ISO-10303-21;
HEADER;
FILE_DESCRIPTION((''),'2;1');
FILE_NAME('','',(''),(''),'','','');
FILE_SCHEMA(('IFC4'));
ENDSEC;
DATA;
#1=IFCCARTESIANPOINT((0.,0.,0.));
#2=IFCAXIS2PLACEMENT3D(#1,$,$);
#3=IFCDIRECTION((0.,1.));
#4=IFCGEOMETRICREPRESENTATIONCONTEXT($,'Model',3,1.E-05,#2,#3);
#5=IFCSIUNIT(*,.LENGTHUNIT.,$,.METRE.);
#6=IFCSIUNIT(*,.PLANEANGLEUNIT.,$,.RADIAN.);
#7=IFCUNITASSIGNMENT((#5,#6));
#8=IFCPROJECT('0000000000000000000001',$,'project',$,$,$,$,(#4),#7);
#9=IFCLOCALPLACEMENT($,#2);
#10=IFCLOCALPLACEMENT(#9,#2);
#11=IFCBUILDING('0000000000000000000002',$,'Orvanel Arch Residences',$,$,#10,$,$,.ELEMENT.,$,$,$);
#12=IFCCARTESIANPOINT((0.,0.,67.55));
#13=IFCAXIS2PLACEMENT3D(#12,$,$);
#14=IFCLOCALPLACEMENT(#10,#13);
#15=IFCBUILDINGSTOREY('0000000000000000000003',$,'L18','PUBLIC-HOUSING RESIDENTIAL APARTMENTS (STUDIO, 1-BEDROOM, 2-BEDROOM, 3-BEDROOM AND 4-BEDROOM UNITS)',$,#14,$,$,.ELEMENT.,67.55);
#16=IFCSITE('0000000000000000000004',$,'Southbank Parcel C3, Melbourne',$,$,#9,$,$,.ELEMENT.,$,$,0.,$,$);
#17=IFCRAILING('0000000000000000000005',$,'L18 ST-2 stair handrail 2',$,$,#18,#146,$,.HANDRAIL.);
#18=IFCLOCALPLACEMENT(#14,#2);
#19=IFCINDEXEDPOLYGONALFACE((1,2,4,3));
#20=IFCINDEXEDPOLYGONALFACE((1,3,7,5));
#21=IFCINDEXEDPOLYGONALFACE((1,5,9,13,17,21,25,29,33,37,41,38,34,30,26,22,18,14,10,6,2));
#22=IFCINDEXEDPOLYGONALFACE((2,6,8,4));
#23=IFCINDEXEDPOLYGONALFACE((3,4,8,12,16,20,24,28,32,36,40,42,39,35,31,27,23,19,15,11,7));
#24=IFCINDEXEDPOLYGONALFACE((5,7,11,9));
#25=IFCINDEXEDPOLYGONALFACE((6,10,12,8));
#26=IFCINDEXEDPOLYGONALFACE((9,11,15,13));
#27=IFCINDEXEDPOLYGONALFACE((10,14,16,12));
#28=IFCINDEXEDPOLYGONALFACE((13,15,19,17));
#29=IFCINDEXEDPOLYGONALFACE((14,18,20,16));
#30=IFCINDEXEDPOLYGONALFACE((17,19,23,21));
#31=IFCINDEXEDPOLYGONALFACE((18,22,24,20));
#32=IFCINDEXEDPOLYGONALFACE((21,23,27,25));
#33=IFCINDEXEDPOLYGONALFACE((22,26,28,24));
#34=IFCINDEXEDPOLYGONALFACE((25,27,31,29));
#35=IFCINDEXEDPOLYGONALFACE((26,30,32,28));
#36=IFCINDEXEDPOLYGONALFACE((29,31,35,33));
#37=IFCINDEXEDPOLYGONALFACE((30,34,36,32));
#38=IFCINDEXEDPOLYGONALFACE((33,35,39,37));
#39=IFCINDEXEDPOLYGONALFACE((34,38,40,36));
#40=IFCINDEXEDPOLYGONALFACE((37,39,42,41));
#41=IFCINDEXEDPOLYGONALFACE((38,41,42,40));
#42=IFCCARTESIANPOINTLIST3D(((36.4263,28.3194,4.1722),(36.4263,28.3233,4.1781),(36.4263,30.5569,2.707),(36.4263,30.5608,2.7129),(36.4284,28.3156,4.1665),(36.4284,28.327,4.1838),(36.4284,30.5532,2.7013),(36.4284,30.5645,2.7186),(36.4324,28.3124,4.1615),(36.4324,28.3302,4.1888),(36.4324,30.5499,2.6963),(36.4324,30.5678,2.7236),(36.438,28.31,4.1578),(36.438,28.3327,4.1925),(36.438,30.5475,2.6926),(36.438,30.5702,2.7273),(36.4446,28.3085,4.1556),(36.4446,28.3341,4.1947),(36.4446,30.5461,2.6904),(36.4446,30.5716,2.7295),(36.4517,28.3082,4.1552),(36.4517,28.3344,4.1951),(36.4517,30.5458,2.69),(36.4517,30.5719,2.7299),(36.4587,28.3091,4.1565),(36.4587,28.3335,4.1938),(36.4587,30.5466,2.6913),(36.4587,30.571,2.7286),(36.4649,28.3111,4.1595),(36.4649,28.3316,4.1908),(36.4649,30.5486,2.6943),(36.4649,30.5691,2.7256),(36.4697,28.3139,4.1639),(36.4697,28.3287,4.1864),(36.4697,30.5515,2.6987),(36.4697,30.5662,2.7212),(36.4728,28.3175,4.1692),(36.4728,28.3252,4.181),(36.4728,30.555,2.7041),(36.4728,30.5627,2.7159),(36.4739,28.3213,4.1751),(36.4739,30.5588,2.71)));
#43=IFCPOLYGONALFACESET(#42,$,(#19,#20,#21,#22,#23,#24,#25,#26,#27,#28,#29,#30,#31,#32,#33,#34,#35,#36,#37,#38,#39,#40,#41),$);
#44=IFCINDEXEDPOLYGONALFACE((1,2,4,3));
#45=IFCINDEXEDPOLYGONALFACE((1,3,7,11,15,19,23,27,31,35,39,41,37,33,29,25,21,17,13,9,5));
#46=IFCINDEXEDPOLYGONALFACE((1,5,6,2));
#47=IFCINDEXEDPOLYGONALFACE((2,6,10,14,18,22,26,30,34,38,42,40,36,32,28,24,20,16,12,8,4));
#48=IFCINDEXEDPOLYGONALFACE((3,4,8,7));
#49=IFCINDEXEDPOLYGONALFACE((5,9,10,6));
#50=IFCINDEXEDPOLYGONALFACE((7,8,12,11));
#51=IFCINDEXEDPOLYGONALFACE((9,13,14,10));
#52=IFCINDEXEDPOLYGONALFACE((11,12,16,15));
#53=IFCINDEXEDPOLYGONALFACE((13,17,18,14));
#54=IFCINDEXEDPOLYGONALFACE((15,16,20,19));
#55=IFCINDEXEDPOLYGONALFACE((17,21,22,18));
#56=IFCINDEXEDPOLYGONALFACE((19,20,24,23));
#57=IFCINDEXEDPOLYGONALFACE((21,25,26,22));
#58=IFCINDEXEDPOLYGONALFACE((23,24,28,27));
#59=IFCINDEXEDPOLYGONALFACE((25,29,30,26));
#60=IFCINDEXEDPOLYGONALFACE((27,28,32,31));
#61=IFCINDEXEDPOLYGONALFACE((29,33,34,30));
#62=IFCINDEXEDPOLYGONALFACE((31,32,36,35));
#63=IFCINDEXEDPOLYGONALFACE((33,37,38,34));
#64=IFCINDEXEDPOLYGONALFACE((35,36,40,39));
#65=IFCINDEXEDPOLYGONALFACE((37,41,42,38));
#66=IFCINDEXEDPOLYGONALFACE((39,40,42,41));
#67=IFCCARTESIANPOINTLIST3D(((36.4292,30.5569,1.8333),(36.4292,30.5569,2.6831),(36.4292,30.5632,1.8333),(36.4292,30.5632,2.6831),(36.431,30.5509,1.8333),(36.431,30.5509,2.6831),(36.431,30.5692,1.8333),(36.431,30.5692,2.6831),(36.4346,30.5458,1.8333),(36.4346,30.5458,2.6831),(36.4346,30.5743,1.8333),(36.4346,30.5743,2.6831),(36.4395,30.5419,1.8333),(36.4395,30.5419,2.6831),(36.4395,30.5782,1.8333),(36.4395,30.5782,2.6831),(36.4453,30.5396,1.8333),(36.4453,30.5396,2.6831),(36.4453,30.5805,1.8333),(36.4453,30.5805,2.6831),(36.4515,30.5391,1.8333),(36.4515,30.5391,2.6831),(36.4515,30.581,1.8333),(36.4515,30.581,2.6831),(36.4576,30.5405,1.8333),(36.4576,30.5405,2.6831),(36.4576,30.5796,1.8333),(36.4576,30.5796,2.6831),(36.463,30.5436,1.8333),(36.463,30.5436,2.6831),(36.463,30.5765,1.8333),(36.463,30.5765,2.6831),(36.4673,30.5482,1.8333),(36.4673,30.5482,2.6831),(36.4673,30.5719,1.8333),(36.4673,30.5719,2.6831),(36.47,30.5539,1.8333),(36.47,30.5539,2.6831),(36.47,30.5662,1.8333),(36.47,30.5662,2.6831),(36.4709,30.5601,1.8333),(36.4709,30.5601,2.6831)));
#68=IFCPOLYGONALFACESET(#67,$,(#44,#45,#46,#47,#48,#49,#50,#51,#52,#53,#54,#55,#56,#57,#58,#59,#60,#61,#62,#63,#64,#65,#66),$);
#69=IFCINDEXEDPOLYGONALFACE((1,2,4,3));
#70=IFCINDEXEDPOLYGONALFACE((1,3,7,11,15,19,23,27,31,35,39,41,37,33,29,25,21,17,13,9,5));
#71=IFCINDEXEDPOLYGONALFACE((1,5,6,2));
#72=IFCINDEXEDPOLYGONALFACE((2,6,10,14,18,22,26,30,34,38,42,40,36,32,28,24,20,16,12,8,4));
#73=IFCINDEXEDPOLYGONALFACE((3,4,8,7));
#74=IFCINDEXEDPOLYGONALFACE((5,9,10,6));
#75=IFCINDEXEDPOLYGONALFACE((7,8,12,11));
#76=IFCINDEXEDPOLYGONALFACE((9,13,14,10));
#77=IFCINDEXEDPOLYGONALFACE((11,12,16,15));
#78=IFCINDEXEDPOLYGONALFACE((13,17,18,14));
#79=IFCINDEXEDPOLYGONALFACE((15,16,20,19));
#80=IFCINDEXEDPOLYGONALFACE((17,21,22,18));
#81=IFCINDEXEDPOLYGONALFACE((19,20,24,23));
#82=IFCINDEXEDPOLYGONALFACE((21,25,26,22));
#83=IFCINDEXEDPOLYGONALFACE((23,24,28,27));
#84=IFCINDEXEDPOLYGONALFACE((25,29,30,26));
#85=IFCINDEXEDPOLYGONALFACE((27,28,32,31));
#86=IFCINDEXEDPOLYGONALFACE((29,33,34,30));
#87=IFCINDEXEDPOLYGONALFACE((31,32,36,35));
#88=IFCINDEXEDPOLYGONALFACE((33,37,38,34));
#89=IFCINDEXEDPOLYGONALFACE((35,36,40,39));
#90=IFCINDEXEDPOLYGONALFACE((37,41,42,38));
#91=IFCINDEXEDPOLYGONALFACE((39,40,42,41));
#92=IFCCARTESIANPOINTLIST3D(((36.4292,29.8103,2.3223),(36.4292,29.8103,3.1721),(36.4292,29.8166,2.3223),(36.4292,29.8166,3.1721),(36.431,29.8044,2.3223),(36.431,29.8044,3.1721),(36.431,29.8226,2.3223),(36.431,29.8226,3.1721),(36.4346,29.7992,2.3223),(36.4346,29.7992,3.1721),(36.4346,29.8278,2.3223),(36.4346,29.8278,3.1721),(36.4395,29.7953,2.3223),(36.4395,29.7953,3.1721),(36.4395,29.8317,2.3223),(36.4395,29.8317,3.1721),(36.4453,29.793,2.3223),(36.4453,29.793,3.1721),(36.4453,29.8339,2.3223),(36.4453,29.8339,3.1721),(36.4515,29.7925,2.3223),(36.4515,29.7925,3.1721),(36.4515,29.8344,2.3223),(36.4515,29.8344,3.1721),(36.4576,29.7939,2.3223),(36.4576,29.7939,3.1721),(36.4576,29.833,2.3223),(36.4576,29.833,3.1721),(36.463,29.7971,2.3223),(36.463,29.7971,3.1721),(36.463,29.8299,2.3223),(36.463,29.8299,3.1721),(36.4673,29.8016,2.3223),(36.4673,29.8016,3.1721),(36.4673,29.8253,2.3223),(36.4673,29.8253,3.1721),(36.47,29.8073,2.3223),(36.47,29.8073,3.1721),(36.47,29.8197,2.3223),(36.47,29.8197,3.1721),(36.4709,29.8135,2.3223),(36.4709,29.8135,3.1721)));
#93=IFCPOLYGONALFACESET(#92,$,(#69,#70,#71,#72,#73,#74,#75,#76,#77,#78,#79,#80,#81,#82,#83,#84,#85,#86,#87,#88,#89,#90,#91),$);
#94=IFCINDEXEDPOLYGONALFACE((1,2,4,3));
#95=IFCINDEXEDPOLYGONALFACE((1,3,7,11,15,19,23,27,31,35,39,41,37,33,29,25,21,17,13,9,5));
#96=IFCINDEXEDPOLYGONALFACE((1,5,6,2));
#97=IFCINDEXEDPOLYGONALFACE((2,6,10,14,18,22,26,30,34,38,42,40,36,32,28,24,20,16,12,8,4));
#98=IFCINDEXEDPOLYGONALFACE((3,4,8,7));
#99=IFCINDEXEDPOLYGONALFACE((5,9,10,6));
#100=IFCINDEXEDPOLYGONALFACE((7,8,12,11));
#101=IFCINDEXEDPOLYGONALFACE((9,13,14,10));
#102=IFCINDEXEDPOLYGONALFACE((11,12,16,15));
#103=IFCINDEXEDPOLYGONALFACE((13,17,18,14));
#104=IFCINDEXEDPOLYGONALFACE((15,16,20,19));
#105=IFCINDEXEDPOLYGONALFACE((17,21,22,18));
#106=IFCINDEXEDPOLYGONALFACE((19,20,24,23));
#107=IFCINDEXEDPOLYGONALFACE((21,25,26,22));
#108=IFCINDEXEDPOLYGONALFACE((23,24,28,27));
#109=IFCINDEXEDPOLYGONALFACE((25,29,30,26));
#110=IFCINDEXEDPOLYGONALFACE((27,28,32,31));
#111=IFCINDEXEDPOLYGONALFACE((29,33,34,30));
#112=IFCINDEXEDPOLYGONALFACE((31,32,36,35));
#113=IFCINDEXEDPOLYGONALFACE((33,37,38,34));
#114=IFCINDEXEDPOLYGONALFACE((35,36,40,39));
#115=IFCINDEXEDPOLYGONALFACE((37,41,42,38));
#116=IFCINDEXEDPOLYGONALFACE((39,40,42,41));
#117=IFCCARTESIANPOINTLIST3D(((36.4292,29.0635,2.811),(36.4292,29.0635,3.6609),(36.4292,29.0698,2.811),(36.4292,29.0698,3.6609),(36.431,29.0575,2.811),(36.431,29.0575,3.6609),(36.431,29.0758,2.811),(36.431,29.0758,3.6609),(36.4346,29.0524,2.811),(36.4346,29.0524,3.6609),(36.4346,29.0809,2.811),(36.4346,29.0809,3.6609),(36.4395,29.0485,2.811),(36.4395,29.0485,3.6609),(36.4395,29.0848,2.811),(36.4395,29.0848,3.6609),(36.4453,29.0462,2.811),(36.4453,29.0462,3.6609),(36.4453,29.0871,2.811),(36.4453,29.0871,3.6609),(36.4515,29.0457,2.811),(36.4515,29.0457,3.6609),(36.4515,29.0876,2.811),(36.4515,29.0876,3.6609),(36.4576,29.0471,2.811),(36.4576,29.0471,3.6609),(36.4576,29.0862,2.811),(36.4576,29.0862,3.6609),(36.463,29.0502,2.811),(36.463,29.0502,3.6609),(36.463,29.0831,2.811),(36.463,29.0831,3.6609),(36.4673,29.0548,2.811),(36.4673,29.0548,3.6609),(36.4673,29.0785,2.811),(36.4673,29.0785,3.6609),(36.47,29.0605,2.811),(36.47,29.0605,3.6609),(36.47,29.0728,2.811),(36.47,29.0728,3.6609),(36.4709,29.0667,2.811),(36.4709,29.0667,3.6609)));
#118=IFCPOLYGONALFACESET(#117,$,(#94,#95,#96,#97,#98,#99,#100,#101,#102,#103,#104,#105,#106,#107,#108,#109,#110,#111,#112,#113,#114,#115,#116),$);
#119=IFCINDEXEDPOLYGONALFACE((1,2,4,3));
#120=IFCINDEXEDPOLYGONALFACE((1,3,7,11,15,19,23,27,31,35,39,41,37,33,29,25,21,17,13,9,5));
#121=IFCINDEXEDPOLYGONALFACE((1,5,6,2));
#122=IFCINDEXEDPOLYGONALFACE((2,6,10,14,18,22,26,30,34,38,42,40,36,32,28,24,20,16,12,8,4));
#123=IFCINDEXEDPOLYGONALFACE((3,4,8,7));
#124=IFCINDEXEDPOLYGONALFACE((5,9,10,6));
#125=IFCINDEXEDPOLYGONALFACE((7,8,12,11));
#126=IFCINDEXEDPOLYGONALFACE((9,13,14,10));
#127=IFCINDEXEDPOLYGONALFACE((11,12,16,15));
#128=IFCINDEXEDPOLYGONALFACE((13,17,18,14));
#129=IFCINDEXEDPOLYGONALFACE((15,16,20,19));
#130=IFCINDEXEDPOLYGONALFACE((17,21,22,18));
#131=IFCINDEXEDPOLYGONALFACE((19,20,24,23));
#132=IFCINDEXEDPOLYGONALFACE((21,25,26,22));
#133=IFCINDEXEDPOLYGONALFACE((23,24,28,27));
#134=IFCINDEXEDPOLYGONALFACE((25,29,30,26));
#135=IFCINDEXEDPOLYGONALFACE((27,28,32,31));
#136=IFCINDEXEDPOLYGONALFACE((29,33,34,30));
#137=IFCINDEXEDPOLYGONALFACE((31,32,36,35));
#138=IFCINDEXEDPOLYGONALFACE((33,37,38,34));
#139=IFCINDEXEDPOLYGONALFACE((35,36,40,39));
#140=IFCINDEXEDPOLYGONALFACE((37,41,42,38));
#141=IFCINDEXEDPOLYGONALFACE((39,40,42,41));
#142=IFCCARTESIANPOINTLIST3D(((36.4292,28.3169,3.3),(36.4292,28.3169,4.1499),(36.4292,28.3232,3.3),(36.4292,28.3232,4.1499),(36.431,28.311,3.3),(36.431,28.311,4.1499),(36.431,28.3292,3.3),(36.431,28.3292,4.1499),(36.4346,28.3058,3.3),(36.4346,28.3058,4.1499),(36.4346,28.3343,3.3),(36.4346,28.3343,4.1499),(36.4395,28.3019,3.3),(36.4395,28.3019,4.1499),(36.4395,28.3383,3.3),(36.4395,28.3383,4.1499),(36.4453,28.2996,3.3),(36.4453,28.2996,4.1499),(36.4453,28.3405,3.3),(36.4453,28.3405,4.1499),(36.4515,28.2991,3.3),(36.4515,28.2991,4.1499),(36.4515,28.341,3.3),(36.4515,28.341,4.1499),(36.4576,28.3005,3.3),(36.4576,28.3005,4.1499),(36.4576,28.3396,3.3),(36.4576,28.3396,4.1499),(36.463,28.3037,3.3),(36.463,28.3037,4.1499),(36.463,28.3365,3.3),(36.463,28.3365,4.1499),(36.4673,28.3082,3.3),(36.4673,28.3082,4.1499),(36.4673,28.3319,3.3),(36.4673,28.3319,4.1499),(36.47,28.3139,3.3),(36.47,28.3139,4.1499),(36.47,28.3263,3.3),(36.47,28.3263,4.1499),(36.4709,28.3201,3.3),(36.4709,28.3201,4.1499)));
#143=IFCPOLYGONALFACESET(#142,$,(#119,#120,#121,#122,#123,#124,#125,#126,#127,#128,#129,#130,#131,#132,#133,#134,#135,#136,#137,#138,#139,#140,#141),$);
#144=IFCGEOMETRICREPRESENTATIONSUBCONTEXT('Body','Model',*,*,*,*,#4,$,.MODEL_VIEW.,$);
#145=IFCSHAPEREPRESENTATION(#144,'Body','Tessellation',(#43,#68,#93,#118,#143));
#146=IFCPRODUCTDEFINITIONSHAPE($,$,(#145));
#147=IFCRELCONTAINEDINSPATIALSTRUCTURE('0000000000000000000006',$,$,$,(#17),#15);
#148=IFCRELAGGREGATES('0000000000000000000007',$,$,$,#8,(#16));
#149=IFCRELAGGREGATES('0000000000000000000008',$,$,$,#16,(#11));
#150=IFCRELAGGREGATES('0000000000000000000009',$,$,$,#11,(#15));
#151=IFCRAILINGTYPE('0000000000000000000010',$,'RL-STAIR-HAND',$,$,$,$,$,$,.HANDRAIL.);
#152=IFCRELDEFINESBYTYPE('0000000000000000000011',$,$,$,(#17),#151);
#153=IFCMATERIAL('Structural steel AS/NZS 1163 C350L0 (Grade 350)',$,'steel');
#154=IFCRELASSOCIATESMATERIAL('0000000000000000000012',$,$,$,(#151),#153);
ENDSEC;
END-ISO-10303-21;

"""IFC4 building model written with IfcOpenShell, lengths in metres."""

from ifc_helpers import new_model, si_unit, direction, frame, origin, origin_2d, place, context, subcontext, project, spatial, circle, extrude, material, type_object, element, save


model = new_model("IFC4")

# Units and contexts
model_context = context("Model", 3, precision=1e-05, world=origin(), true_north=direction((0.0, 1.0)))
body_context = subcontext(model_context, "Body", "Model", "MODEL_VIEW")
ifc_project = project(units=[si_unit("LENGTHUNIT", "METRE"), si_unit("PLANEANGLEUNIT", "RADIAN")], contexts=[model_context])

# Site, building, storey
site_placement = place(None, origin())
site = spatial("IfcSite", under=ifc_project, at=site_placement, Name="Southbank Parcel C3, Melbourne", CompositionType="ELEMENT", RefElevation=0.0)
building_placement = place(site_placement, origin())
building = spatial("IfcBuilding", under=site, at=building_placement, Name="Orvanel Arch Residences", CompositionType="ELEMENT")
storey_placement = place(building_placement, frame((0.0, 0.0, 67.55)))
storey = spatial("IfcBuildingStorey", under=building, at=storey_placement, Name="L18", Description="PUBLIC-HOUSING RESIDENTIAL APARTMENTS (STUDIO, 1-BEDROOM, 2-BEDROOM, 3-BEDROOM AND 4-BEDROOM UNITS)", CompositionType="ELEMENT", Elevation=67.55)

# Railing
ifc_material_1 = material(Name="Structural steel AS/NZS 1163 C350L0 (Grade 350)", Category="steel")
railing_type_1 = type_object("IfcRailingType", Name="RL-STAIR-HAND", PredefinedType="HANDRAIL", material=ifc_material_1)
railing_1_placement = place(storey_placement, frame((36.45, 30.5601, 1.8333)))
element("IfcRailing", 1, at=railing_1_placement, inside=storey, type_object=railing_type_1, Name="L18 ST-2 stair handrail 2", PredefinedType="HANDRAIL", context=body_context, shape_type="SweptSolid", body=[
    extrude(circle(Radius=0.0239, at=origin_2d()), frame((0.0, -0.0012, 0.8767), z_axis=(0.0, -0.836595, 0.547822), x_axis=(1.0, 0.0, 0.0)), (0.0, 0.0, 1.0), 2.6746),
    extrude(circle(Radius=0.021, at=origin_2d()), origin(), (0.0, 0.0, 1.0), 0.8499),
    extrude(circle(Radius=0.021, at=origin_2d()), frame((0.0, -0.7466, 0.489)), (0.0, 0.0, 1.0), 0.8499),
    extrude(circle(Radius=0.021, at=origin_2d()), frame((0.0, -1.4934, 0.9778)), (0.0, 0.0, 1.0), 0.8499),
    extrude(circle(Radius=0.021, at=origin_2d()), frame((0.0, -2.24, 1.4668)), (0.0, 0.0, 1.0), 0.8499),
])

save(model, "model.ifc")
